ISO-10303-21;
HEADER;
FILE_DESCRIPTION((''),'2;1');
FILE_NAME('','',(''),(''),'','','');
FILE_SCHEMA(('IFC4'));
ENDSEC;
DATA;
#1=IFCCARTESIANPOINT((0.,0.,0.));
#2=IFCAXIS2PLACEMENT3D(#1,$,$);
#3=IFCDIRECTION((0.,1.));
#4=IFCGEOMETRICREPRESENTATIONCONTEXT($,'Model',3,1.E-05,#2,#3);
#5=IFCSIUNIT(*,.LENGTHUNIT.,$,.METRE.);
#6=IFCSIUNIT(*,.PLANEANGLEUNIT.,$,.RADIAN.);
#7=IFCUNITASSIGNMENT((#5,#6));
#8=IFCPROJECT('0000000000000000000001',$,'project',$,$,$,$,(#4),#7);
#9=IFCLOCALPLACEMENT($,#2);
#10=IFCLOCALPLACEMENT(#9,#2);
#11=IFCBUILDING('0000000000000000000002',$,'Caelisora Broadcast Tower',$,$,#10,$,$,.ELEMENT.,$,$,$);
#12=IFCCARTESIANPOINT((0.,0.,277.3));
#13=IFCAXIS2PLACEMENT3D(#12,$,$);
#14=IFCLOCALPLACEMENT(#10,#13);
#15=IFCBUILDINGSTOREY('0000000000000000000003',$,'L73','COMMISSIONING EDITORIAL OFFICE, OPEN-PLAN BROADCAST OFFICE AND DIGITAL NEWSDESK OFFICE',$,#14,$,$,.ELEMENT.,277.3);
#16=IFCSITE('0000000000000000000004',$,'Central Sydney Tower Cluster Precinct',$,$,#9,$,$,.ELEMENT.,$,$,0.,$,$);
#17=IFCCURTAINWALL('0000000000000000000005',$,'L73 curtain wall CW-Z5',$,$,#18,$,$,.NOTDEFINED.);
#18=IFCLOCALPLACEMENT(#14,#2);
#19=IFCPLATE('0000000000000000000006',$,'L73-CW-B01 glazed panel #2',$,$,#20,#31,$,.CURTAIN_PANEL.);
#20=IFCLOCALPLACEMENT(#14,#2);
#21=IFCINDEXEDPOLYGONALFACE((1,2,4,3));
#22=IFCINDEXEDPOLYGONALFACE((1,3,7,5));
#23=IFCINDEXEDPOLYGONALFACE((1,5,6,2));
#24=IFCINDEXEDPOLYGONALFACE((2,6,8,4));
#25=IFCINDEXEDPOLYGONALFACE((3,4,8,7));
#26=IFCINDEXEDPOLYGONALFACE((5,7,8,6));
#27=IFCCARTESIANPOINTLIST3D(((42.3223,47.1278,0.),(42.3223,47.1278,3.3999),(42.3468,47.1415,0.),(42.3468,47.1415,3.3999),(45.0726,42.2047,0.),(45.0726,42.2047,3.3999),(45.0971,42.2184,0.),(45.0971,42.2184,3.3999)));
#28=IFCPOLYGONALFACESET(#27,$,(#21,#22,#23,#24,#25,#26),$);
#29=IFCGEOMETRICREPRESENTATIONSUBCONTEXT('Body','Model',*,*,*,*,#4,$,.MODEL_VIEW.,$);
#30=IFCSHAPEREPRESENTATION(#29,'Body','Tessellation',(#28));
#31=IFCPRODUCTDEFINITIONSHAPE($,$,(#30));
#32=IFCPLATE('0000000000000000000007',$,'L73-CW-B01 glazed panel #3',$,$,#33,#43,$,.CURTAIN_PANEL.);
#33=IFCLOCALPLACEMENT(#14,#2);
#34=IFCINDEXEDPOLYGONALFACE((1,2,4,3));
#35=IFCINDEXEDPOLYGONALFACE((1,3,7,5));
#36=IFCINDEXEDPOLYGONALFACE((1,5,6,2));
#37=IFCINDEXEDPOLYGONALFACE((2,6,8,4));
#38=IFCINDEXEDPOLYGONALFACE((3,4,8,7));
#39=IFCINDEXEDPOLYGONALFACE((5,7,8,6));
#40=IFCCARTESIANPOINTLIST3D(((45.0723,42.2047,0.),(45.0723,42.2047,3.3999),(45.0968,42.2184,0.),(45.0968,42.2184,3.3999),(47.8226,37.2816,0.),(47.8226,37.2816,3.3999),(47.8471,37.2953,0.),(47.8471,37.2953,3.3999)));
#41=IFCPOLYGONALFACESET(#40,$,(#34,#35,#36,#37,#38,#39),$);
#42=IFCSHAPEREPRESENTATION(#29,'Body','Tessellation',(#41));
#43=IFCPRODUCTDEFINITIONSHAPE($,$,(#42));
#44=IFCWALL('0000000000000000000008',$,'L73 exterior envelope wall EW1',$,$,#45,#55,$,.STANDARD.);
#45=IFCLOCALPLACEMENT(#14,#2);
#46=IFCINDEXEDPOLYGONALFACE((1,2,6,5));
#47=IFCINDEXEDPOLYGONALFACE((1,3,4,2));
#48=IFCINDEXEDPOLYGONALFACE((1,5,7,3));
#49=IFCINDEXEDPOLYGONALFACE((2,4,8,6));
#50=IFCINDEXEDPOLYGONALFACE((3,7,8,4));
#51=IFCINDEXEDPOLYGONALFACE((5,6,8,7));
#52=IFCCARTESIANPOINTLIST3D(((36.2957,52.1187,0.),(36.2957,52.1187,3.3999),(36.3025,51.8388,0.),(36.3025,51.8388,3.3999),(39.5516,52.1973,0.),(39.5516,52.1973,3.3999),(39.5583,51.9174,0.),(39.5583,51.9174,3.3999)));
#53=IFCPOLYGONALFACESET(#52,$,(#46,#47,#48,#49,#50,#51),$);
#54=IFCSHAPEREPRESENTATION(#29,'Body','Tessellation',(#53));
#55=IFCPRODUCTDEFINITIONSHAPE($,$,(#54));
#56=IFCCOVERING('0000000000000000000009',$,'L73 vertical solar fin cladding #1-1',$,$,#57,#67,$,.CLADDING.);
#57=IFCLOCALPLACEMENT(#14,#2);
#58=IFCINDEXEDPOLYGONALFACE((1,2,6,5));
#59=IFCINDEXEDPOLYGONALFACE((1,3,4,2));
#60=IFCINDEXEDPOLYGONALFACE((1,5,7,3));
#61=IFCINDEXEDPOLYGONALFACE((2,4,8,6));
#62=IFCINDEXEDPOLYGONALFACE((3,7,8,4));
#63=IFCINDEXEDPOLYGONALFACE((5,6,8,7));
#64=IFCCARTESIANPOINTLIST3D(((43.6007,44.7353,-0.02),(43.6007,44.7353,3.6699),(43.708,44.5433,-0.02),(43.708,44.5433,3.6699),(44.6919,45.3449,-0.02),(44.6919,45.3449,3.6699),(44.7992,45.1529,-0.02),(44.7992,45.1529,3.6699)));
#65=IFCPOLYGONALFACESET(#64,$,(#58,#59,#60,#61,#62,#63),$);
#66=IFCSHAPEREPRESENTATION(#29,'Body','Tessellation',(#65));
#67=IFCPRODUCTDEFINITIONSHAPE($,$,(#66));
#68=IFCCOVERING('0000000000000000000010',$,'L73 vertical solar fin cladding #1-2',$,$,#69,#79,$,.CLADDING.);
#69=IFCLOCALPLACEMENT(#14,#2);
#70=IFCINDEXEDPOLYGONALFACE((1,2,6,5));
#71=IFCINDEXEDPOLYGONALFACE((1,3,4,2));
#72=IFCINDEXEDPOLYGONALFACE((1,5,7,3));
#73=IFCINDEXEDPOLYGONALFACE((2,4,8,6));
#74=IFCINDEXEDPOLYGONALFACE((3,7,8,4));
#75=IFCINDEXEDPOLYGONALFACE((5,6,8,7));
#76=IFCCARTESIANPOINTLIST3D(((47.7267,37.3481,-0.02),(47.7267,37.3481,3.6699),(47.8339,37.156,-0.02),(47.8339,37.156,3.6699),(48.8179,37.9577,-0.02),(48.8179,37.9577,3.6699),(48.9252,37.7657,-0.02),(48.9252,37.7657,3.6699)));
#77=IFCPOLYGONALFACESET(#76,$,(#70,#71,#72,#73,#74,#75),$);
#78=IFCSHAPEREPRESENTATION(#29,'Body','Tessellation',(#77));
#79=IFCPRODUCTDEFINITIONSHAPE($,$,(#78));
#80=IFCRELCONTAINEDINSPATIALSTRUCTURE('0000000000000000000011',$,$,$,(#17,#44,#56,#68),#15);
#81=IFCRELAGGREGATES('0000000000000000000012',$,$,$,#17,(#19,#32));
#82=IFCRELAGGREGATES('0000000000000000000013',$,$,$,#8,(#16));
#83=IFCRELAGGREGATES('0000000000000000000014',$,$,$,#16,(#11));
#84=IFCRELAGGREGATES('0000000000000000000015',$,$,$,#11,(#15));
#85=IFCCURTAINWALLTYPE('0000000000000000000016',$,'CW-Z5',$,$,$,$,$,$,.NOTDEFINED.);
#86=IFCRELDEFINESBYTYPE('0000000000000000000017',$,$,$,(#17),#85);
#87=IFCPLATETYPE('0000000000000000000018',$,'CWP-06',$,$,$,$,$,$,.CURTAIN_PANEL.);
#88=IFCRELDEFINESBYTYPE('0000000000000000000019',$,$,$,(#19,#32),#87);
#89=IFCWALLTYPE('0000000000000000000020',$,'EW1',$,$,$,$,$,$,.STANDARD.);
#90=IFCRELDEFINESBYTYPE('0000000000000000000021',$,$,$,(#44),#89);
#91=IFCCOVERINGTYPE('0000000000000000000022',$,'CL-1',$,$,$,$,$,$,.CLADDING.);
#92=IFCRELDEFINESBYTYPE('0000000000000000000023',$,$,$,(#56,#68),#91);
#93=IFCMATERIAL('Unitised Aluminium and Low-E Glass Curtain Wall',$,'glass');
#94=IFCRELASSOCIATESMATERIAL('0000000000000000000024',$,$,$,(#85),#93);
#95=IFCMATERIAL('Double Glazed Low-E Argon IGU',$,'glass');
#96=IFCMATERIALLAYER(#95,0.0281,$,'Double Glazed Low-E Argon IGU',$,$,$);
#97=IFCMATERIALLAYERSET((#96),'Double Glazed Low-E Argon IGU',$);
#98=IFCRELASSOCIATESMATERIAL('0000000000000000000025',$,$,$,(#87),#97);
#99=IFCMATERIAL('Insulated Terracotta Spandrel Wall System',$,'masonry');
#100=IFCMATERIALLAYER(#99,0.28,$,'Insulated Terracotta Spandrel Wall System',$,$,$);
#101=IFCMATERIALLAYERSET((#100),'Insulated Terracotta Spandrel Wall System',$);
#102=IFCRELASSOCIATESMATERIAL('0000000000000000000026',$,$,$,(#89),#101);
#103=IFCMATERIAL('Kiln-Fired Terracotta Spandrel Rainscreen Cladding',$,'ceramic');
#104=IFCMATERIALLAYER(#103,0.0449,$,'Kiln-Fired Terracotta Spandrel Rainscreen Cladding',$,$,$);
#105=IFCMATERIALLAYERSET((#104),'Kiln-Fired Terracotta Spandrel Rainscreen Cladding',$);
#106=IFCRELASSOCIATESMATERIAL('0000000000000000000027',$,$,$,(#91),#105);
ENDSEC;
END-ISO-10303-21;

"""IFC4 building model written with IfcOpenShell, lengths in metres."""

from ifc_helpers import new_model, si_unit, direction, frame, frame_2d, origin, origin_2d, place, context, subcontext, project, spatial, rectangle, extrude, source, transform, mapped, material, layer, layer_set, type_object, type_shapes, element, aggregate, save


model = new_model("IFC4")

# Units and contexts
model_context = context("Model", 3, precision=1e-05, world=origin(), true_north=direction((0.0, 1.0)))
body_context = subcontext(model_context, "Body", "Model", "MODEL_VIEW")
ifc_project = project(units=[si_unit("LENGTHUNIT", "METRE"), si_unit("PLANEANGLEUNIT", "RADIAN")], contexts=[model_context])

# Site, building, storey
site_placement = place(None, origin())
site = spatial("IfcSite", under=ifc_project, at=site_placement, Name="Central Sydney Tower Cluster Precinct", CompositionType="ELEMENT", RefElevation=0.0)
building_placement = place(site_placement, origin())
building = spatial("IfcBuilding", under=site, at=building_placement, Name="Caelisora Broadcast Tower", CompositionType="ELEMENT")
storey_placement = place(building_placement, frame((0.0, 0.0, 277.3)))
storey = spatial("IfcBuildingStorey", under=building, at=storey_placement, Name="L73", Description="COMMISSIONING EDITORIAL OFFICE, OPEN-PLAN BROADCAST OFFICE AND DIGITAL NEWSDESK OFFICE", CompositionType="ELEMENT", Elevation=277.3)

# Curtain wall
ifc_material_1 = material(Name="Unitised Aluminium and Low-E Glass Curtain Wall", Category="glass")
curtain_wall_type_1 = type_object("IfcCurtainWallType", Name="CW-Z5", PredefinedType="NOTDEFINED", material=ifc_material_1)
curtain_wall_1_placement = place(storey_placement, origin())
curtain_wall_1 = element("IfcCurtainWall", 1, at=curtain_wall_1_placement, inside=storey, type_object=curtain_wall_type_1, Name="L73 curtain wall CW-Z5", PredefinedType="NOTDEFINED")

# Plates
ifc_material_2 = material(Name="Double Glazed Low-E Argon IGU", Category="glass")
ifc_layer_1 = layer(ifc_material_2, 0.0281, Name="Double Glazed Low-E Argon IGU")
ifc_layer_set_1 = layer_set([ifc_layer_1], Name="Double Glazed Low-E Argon IGU")
plate_type_1 = type_object("IfcPlateType", Name="CWP-06", PredefinedType="CURTAIN_PANEL", material=ifc_layer_set_1)
shared_shape_1 = source(origin(), body_context, "Body", "SweptSolid", [
    extrude(rectangle(XDim=5.6392, YDim=0.0281, at=origin_2d()), origin(), (0.0, 0.0, 1.0), 3.3999),
])
type_shapes(plate_type_1, [shared_shape_1])
plate_1_placement = place(storey_placement, frame((43.7097, 44.6731, 0.0), z_axis=(0.0, 0.0, 1.0), x_axis=(0.487707, -0.873007, 0.0)))
plate_1 = element("IfcPlate", 2, at=plate_1_placement, type_object=plate_type_1, Name="L73-CW-B01 glazed panel #2", PredefinedType="CURTAIN_PANEL", context=body_context, shape_type="MappedRepresentation", body=[
    mapped(shared_shape_1, transform((0.0, 0.0, 0.0), scale=1.0)),
])
plate_2_placement = place(storey_placement, frame((46.4597, 39.75, 0.0), z_axis=(0.0, 0.0, 1.0), x_axis=(0.487707, -0.873007, 0.0)))
plate_2 = element("IfcPlate", 3, at=plate_2_placement, type_object=plate_type_1, Name="L73-CW-B01 glazed panel #3", PredefinedType="CURTAIN_PANEL", context=body_context, shape_type="MappedRepresentation", body=[
    mapped(shared_shape_1, transform((0.0, 0.0, 0.0), scale=1.0)),
])
aggregate(curtain_wall_1, [plate_1, plate_2])

# Wall
ifc_material_3 = material(Name="Insulated Terracotta Spandrel Wall System", Category="masonry")
ifc_layer_2 = layer(ifc_material_3, 0.28, Name="Insulated Terracotta Spandrel Wall System")
ifc_layer_set_2 = layer_set([ifc_layer_2], Name="Insulated Terracotta Spandrel Wall System")
wall_type = type_object("IfcWallType", Name="EW1", PredefinedType="STANDARD", material=ifc_layer_set_2)
wall_placement = place(storey_placement, frame((36.2991, 51.9788, 0.0), z_axis=(0.0, 0.0, 1.0), x_axis=(0.999709, 0.024138, 0.0)))
element("IfcWall", 4, at=wall_placement, inside=storey, type_object=wall_type, Name="L73 exterior envelope wall EW1", PredefinedType="STANDARD", context=body_context, shape_type="SweptSolid", body=[
    extrude(rectangle(XDim=3.2568, YDim=0.28, at=frame_2d((1.6284, 0.0))), origin(), (0.0, 0.0, 1.0), 3.3999),
])

# Coverings
ifc_material_4 = material(Name="Kiln-Fired Terracotta Spandrel Rainscreen Cladding", Category="ceramic")
ifc_layer_3 = layer(ifc_material_4, 0.0449, Name="Kiln-Fired Terracotta Spandrel Rainscreen Cladding")
ifc_layer_set_3 = layer_set([ifc_layer_3], Name="Kiln-Fired Terracotta Spandrel Rainscreen Cladding")
covering_type = type_object("IfcCoveringType", Name="CL-1", PredefinedType="CLADDING", material=ifc_layer_set_3)
shared_shape_2 = source(origin(), body_context, "Body", "SweptSolid", [
    extrude(rectangle(XDim=0.22, YDim=1.25, at=origin_2d()), origin(), (0.0, 0.0, 1.0), 3.6899),
])
type_shapes(covering_type, [shared_shape_2])
for number, where, z_axis, x_axis, name in (
    (5, (44.2, 44.9441, -0.02), (0.0, 0.0, 1.0), (0.487707, -0.873007, 0.0), "L73 vertical solar fin cladding #1-1"),
    (6, (48.3259, 37.5569, -0.02), (0.0, 0.0, 1.0), (0.487707, -0.873007, 0.0), "L73 vertical solar fin cladding #1-2"),
):
    element("IfcCovering", number, at=place(storey_placement, frame(where, z_axis=z_axis, x_axis=x_axis)), inside=storey, type_object=covering_type, Name=name, PredefinedType="CLADDING", context=body_context, shape_type="MappedRepresentation", body=[
        mapped(shared_shape_2, transform((0.0, 0.0, 0.0), scale=1.0)),
    ])

save(model, "model.ifc")
